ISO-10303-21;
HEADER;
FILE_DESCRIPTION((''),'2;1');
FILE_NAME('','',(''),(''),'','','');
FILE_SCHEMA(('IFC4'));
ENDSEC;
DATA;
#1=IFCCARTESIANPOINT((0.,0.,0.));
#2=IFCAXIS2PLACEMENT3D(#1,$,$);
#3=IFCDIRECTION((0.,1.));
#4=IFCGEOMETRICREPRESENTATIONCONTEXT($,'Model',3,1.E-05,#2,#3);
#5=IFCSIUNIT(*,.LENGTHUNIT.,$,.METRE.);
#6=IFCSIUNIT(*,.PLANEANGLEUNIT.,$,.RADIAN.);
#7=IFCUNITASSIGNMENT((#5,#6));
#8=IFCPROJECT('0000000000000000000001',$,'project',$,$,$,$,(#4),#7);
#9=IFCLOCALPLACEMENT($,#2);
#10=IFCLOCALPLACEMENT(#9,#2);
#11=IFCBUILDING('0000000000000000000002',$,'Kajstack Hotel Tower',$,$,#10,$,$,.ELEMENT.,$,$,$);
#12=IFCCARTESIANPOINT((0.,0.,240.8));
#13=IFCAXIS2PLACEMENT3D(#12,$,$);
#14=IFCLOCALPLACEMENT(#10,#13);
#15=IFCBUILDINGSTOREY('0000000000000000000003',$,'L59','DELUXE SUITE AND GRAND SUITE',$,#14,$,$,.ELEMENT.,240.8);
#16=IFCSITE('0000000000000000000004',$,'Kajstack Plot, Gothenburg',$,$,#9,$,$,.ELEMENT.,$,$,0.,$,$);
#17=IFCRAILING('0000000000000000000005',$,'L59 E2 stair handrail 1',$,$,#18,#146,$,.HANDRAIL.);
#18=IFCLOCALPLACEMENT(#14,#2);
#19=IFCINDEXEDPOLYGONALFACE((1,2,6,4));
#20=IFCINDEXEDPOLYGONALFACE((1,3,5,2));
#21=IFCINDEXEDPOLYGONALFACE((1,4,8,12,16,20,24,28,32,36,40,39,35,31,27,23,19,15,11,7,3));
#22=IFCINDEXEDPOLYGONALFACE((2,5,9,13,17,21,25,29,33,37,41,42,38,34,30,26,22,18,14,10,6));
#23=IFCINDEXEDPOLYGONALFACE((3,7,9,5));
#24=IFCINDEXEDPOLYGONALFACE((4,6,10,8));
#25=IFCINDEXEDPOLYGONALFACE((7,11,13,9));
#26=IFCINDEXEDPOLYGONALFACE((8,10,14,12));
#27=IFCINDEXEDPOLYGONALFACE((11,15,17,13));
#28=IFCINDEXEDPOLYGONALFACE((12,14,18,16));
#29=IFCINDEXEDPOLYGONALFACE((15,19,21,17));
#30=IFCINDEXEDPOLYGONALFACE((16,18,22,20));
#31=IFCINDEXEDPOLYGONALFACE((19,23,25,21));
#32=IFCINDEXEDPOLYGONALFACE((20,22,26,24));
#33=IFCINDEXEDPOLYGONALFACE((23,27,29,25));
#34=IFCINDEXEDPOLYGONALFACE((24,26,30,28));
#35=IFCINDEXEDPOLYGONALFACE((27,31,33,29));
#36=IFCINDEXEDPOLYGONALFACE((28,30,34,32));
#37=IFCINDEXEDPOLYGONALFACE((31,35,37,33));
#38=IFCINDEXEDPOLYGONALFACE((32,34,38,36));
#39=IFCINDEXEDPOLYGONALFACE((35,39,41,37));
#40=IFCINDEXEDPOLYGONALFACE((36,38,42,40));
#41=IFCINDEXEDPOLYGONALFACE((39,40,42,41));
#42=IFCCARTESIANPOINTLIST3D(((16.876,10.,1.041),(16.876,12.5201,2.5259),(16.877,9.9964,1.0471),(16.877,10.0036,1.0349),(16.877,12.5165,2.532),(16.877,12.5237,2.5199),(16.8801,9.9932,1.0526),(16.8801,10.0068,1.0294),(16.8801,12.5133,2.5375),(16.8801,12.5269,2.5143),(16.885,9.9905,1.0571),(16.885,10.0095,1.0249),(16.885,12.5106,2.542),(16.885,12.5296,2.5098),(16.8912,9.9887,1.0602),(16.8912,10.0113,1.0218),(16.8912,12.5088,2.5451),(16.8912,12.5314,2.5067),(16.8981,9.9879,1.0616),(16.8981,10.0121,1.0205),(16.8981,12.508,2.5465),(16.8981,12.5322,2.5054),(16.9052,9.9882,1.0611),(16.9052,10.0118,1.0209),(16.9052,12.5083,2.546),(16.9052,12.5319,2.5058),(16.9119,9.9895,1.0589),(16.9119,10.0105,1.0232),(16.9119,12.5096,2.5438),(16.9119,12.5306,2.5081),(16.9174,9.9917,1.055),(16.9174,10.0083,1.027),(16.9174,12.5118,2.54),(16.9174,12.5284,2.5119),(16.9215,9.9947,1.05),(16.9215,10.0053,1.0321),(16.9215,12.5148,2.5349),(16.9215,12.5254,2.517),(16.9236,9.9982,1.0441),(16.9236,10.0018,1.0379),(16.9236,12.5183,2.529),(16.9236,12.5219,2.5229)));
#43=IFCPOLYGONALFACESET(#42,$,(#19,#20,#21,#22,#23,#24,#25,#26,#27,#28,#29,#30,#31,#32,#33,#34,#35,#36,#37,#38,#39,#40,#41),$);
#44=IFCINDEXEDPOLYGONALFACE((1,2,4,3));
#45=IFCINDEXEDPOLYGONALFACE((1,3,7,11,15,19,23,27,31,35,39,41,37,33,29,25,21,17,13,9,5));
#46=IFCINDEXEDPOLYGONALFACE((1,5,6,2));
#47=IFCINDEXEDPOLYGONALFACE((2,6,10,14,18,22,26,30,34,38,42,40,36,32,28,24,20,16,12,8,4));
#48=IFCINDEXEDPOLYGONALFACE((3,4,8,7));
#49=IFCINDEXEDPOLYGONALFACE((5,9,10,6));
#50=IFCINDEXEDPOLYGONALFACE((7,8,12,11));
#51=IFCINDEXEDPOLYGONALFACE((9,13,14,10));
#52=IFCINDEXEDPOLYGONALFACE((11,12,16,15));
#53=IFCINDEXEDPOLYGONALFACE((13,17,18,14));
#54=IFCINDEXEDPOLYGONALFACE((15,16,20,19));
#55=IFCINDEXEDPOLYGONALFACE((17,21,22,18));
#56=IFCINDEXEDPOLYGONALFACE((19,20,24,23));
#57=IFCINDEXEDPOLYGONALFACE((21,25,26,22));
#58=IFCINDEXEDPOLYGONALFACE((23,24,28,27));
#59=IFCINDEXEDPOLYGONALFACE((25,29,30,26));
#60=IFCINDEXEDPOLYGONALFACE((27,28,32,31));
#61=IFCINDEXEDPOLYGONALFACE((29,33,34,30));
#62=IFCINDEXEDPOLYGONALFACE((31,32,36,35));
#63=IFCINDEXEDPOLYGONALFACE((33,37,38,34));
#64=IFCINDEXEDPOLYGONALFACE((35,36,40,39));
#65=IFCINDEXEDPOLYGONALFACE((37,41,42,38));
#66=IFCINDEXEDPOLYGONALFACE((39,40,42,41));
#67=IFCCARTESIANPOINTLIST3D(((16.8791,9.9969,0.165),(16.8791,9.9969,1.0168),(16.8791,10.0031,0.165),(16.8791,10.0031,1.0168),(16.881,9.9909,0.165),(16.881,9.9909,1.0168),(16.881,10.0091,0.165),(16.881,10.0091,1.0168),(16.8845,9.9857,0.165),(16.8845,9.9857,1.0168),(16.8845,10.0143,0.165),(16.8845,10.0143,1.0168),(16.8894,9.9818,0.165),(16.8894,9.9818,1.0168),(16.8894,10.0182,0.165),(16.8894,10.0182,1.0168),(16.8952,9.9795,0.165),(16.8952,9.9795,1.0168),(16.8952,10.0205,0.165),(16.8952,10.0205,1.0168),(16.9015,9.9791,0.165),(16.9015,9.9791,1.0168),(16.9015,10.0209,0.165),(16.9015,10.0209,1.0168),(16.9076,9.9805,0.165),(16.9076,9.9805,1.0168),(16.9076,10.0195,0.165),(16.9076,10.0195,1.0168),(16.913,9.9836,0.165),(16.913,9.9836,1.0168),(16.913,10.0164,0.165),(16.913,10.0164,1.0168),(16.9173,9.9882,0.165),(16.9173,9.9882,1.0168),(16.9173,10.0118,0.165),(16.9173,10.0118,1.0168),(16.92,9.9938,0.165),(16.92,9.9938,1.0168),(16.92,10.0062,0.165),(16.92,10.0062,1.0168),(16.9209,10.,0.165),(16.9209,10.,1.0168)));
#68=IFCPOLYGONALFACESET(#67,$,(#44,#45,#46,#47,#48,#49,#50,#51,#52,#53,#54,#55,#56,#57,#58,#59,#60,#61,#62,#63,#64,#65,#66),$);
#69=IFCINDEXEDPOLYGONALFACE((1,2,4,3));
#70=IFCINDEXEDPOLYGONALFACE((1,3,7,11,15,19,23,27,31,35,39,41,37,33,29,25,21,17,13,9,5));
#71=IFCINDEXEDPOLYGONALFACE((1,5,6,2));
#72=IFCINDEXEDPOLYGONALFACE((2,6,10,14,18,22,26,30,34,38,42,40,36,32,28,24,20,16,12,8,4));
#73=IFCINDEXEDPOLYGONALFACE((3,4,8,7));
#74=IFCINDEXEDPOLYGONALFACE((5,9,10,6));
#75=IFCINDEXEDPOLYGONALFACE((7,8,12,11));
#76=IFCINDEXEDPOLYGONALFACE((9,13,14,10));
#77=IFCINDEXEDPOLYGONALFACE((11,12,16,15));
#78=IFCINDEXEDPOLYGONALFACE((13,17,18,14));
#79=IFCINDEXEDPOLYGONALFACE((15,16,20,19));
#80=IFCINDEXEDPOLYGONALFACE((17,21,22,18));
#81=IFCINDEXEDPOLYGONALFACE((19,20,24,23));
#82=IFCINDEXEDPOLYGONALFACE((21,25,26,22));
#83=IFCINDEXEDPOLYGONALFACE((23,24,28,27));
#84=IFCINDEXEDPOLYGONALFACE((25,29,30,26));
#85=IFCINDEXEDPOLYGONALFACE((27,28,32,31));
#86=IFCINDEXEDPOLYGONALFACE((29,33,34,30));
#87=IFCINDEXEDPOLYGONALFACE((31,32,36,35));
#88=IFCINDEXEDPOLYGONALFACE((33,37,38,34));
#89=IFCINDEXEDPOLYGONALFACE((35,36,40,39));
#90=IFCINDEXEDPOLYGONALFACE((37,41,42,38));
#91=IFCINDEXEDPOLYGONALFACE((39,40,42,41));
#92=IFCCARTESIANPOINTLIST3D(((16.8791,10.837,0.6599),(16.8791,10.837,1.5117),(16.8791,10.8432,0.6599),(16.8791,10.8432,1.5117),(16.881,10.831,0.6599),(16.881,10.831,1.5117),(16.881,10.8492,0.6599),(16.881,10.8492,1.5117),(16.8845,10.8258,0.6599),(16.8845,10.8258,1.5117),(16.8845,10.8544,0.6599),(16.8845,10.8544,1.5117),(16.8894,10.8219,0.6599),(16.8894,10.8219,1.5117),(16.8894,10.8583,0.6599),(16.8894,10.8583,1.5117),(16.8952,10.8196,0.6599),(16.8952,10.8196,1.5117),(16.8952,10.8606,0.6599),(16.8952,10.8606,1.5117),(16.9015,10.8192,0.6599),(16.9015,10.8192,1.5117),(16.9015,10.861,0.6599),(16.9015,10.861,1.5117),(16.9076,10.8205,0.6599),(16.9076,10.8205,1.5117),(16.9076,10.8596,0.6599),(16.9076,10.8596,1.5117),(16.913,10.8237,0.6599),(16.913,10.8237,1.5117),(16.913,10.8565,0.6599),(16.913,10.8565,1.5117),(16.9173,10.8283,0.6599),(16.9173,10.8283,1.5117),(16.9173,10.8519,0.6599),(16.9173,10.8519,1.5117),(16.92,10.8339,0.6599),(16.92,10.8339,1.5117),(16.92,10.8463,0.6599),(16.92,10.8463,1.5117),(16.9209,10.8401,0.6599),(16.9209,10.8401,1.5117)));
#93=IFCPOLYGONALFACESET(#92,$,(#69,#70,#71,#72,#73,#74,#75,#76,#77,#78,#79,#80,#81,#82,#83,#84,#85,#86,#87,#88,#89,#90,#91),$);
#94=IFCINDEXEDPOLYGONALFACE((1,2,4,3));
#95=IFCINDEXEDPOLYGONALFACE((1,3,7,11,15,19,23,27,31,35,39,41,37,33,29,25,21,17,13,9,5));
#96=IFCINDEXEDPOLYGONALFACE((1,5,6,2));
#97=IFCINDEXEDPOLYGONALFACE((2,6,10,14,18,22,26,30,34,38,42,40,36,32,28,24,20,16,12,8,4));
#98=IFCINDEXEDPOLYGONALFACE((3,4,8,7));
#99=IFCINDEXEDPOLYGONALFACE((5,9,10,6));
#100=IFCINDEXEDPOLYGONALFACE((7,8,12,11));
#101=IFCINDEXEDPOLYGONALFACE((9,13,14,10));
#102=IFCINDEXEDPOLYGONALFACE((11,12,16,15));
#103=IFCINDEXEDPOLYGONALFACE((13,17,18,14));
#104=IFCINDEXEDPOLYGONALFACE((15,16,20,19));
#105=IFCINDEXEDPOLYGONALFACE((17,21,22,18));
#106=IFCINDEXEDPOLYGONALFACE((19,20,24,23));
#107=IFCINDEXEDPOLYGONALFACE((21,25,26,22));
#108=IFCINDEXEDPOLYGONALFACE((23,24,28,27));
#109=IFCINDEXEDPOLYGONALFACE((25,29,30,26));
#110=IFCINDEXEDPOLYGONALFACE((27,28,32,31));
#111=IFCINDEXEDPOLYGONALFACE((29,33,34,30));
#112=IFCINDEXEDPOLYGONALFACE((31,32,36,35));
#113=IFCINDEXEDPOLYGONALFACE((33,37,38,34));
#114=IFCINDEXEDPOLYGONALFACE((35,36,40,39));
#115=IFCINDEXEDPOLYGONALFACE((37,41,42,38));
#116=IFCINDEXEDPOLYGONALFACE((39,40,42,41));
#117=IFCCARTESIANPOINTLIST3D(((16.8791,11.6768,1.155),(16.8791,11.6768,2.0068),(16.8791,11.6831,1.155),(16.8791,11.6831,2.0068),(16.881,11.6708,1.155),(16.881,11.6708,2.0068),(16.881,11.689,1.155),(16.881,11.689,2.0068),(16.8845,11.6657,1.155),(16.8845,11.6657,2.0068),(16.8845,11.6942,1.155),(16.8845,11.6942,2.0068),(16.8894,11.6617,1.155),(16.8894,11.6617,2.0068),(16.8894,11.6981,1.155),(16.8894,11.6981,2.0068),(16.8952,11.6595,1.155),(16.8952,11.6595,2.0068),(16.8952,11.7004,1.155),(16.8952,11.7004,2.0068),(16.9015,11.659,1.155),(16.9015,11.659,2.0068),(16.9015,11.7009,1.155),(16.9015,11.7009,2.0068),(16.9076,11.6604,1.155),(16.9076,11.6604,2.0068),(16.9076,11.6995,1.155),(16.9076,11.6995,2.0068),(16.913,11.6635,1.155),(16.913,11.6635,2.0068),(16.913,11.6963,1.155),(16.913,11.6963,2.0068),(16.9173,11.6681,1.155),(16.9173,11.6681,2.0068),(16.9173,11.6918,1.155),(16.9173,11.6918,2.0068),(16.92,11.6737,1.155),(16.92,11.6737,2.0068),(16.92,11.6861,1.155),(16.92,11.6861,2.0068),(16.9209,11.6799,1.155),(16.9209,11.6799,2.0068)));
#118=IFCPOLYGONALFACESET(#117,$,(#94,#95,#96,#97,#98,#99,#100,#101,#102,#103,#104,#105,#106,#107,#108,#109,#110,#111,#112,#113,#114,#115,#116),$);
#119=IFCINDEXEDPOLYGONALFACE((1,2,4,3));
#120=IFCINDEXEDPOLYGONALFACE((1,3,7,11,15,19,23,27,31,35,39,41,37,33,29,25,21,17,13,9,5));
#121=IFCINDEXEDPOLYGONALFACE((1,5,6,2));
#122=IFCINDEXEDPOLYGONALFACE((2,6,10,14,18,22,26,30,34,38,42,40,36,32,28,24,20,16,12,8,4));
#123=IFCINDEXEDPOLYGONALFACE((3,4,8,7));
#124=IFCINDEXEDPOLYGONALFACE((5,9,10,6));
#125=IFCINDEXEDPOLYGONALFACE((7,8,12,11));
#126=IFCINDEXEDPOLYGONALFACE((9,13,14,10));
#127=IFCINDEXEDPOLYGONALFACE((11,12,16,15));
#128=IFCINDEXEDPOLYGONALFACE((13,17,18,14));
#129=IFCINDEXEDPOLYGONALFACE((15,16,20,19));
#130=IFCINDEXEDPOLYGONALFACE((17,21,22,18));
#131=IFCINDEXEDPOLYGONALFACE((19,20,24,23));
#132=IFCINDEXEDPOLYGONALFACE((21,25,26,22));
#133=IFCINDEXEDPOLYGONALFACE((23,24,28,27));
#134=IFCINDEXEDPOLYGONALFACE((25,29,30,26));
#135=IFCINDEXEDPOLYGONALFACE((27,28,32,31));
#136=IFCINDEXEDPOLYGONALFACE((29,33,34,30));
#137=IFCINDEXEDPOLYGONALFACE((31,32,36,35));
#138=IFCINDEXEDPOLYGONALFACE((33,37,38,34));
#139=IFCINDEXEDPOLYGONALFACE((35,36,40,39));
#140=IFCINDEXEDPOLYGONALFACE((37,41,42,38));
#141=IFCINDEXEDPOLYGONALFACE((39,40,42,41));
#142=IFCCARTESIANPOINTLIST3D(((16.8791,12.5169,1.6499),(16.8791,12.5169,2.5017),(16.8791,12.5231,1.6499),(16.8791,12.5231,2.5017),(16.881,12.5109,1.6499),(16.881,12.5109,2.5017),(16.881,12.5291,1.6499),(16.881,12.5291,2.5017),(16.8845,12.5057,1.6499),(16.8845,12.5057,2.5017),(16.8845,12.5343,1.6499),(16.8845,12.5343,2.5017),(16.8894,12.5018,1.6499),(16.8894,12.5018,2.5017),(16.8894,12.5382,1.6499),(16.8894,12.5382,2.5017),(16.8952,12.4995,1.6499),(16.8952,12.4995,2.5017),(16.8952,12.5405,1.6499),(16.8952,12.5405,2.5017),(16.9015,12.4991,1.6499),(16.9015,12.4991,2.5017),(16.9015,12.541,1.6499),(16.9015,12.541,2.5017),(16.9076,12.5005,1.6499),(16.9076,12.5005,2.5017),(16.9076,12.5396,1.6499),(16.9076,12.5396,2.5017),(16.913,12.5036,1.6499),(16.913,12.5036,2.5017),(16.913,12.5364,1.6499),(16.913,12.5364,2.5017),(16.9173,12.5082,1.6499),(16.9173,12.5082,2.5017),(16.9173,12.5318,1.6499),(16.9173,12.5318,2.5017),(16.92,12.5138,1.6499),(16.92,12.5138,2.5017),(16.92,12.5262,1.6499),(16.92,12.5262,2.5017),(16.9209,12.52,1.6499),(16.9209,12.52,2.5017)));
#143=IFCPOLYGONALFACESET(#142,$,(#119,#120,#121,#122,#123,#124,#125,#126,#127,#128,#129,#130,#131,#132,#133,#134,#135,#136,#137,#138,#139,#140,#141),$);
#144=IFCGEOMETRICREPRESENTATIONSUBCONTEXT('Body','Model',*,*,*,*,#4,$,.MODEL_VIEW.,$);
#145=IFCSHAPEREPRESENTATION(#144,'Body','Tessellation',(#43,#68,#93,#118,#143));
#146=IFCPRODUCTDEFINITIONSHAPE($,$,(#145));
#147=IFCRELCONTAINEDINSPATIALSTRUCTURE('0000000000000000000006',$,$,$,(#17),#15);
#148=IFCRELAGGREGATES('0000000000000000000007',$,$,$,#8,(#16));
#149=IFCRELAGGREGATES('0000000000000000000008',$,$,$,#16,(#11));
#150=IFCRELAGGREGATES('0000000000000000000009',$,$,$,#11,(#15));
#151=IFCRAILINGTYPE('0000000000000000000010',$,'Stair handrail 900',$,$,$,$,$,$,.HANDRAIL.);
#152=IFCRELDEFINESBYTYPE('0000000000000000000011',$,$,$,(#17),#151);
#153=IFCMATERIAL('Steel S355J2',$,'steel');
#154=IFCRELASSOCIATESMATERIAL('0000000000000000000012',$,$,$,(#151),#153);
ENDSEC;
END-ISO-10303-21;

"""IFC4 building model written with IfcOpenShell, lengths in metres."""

from ifc_helpers import new_model, si_unit, direction, frame, origin, origin_2d, place, context, subcontext, project, spatial, circle, extrude, material, type_object, element, save


model = new_model("IFC4")

# Units and contexts
model_context = context("Model", 3, precision=1e-05, world=origin(), true_north=direction((0.0, 1.0)))
body_context = subcontext(model_context, "Body", "Model", "MODEL_VIEW")
ifc_project = project(units=[si_unit("LENGTHUNIT", "METRE"), si_unit("PLANEANGLEUNIT", "RADIAN")], contexts=[model_context])

# Site, building, storey
site_placement = place(None, origin())
site = spatial("IfcSite", under=ifc_project, at=site_placement, Name="Kajstack Plot, Gothenburg", CompositionType="ELEMENT", RefElevation=0.0)
building_placement = place(site_placement, origin())
building = spatial("IfcBuilding", under=site, at=building_placement, Name="Kajstack Hotel Tower", CompositionType="ELEMENT")
storey_placement = place(building_placement, frame((0.0, 0.0, 240.8)))
storey = spatial("IfcBuildingStorey", under=building, at=storey_placement, Name="L59", Description="DELUXE SUITE AND GRAND SUITE", CompositionType="ELEMENT", Elevation=240.8)

# Railing
ifc_material_1 = material(Name="Steel S355J2", Category="steel")
railing_type_1 = type_object("IfcRailingType", Name="Stair handrail 900", PredefinedType="HANDRAIL", material=ifc_material_1)
railing_1_placement = place(storey_placement, frame((16.8999, 10.0, 0.165)))
element("IfcRailing", 1, at=railing_1_placement, inside=storey, type_object=railing_type_1, Name="L59 E2 stair handrail 1", PredefinedType="HANDRAIL", context=body_context, shape_type="SweptSolid", body=[
    extrude(circle(Radius=0.0239, at=origin_2d()), frame((0.0, 0.0, 0.876), z_axis=(0.0, 0.861561, 0.507655), x_axis=(-1.0, 0.0, 0.0)), (0.0, 0.0, 1.0), 2.925),
    extrude(circle(Radius=0.021, at=origin_2d()), origin(), (0.0, 0.0, 1.0), 0.8518),
    extrude(circle(Radius=0.021, at=origin_2d()), frame((0.0, 0.8401, 0.4949)), (0.0, 0.0, 1.0), 0.8518),
    extrude(circle(Radius=0.021, at=origin_2d()), frame((0.0, 1.6799, 0.99)), (0.0, 0.0, 1.0), 0.8518),
    extrude(circle(Radius=0.021, at=origin_2d()), frame((0.0, 2.52, 1.4849)), (0.0, 0.0, 1.0), 0.8518),
])

save(model, "model.ifc")
